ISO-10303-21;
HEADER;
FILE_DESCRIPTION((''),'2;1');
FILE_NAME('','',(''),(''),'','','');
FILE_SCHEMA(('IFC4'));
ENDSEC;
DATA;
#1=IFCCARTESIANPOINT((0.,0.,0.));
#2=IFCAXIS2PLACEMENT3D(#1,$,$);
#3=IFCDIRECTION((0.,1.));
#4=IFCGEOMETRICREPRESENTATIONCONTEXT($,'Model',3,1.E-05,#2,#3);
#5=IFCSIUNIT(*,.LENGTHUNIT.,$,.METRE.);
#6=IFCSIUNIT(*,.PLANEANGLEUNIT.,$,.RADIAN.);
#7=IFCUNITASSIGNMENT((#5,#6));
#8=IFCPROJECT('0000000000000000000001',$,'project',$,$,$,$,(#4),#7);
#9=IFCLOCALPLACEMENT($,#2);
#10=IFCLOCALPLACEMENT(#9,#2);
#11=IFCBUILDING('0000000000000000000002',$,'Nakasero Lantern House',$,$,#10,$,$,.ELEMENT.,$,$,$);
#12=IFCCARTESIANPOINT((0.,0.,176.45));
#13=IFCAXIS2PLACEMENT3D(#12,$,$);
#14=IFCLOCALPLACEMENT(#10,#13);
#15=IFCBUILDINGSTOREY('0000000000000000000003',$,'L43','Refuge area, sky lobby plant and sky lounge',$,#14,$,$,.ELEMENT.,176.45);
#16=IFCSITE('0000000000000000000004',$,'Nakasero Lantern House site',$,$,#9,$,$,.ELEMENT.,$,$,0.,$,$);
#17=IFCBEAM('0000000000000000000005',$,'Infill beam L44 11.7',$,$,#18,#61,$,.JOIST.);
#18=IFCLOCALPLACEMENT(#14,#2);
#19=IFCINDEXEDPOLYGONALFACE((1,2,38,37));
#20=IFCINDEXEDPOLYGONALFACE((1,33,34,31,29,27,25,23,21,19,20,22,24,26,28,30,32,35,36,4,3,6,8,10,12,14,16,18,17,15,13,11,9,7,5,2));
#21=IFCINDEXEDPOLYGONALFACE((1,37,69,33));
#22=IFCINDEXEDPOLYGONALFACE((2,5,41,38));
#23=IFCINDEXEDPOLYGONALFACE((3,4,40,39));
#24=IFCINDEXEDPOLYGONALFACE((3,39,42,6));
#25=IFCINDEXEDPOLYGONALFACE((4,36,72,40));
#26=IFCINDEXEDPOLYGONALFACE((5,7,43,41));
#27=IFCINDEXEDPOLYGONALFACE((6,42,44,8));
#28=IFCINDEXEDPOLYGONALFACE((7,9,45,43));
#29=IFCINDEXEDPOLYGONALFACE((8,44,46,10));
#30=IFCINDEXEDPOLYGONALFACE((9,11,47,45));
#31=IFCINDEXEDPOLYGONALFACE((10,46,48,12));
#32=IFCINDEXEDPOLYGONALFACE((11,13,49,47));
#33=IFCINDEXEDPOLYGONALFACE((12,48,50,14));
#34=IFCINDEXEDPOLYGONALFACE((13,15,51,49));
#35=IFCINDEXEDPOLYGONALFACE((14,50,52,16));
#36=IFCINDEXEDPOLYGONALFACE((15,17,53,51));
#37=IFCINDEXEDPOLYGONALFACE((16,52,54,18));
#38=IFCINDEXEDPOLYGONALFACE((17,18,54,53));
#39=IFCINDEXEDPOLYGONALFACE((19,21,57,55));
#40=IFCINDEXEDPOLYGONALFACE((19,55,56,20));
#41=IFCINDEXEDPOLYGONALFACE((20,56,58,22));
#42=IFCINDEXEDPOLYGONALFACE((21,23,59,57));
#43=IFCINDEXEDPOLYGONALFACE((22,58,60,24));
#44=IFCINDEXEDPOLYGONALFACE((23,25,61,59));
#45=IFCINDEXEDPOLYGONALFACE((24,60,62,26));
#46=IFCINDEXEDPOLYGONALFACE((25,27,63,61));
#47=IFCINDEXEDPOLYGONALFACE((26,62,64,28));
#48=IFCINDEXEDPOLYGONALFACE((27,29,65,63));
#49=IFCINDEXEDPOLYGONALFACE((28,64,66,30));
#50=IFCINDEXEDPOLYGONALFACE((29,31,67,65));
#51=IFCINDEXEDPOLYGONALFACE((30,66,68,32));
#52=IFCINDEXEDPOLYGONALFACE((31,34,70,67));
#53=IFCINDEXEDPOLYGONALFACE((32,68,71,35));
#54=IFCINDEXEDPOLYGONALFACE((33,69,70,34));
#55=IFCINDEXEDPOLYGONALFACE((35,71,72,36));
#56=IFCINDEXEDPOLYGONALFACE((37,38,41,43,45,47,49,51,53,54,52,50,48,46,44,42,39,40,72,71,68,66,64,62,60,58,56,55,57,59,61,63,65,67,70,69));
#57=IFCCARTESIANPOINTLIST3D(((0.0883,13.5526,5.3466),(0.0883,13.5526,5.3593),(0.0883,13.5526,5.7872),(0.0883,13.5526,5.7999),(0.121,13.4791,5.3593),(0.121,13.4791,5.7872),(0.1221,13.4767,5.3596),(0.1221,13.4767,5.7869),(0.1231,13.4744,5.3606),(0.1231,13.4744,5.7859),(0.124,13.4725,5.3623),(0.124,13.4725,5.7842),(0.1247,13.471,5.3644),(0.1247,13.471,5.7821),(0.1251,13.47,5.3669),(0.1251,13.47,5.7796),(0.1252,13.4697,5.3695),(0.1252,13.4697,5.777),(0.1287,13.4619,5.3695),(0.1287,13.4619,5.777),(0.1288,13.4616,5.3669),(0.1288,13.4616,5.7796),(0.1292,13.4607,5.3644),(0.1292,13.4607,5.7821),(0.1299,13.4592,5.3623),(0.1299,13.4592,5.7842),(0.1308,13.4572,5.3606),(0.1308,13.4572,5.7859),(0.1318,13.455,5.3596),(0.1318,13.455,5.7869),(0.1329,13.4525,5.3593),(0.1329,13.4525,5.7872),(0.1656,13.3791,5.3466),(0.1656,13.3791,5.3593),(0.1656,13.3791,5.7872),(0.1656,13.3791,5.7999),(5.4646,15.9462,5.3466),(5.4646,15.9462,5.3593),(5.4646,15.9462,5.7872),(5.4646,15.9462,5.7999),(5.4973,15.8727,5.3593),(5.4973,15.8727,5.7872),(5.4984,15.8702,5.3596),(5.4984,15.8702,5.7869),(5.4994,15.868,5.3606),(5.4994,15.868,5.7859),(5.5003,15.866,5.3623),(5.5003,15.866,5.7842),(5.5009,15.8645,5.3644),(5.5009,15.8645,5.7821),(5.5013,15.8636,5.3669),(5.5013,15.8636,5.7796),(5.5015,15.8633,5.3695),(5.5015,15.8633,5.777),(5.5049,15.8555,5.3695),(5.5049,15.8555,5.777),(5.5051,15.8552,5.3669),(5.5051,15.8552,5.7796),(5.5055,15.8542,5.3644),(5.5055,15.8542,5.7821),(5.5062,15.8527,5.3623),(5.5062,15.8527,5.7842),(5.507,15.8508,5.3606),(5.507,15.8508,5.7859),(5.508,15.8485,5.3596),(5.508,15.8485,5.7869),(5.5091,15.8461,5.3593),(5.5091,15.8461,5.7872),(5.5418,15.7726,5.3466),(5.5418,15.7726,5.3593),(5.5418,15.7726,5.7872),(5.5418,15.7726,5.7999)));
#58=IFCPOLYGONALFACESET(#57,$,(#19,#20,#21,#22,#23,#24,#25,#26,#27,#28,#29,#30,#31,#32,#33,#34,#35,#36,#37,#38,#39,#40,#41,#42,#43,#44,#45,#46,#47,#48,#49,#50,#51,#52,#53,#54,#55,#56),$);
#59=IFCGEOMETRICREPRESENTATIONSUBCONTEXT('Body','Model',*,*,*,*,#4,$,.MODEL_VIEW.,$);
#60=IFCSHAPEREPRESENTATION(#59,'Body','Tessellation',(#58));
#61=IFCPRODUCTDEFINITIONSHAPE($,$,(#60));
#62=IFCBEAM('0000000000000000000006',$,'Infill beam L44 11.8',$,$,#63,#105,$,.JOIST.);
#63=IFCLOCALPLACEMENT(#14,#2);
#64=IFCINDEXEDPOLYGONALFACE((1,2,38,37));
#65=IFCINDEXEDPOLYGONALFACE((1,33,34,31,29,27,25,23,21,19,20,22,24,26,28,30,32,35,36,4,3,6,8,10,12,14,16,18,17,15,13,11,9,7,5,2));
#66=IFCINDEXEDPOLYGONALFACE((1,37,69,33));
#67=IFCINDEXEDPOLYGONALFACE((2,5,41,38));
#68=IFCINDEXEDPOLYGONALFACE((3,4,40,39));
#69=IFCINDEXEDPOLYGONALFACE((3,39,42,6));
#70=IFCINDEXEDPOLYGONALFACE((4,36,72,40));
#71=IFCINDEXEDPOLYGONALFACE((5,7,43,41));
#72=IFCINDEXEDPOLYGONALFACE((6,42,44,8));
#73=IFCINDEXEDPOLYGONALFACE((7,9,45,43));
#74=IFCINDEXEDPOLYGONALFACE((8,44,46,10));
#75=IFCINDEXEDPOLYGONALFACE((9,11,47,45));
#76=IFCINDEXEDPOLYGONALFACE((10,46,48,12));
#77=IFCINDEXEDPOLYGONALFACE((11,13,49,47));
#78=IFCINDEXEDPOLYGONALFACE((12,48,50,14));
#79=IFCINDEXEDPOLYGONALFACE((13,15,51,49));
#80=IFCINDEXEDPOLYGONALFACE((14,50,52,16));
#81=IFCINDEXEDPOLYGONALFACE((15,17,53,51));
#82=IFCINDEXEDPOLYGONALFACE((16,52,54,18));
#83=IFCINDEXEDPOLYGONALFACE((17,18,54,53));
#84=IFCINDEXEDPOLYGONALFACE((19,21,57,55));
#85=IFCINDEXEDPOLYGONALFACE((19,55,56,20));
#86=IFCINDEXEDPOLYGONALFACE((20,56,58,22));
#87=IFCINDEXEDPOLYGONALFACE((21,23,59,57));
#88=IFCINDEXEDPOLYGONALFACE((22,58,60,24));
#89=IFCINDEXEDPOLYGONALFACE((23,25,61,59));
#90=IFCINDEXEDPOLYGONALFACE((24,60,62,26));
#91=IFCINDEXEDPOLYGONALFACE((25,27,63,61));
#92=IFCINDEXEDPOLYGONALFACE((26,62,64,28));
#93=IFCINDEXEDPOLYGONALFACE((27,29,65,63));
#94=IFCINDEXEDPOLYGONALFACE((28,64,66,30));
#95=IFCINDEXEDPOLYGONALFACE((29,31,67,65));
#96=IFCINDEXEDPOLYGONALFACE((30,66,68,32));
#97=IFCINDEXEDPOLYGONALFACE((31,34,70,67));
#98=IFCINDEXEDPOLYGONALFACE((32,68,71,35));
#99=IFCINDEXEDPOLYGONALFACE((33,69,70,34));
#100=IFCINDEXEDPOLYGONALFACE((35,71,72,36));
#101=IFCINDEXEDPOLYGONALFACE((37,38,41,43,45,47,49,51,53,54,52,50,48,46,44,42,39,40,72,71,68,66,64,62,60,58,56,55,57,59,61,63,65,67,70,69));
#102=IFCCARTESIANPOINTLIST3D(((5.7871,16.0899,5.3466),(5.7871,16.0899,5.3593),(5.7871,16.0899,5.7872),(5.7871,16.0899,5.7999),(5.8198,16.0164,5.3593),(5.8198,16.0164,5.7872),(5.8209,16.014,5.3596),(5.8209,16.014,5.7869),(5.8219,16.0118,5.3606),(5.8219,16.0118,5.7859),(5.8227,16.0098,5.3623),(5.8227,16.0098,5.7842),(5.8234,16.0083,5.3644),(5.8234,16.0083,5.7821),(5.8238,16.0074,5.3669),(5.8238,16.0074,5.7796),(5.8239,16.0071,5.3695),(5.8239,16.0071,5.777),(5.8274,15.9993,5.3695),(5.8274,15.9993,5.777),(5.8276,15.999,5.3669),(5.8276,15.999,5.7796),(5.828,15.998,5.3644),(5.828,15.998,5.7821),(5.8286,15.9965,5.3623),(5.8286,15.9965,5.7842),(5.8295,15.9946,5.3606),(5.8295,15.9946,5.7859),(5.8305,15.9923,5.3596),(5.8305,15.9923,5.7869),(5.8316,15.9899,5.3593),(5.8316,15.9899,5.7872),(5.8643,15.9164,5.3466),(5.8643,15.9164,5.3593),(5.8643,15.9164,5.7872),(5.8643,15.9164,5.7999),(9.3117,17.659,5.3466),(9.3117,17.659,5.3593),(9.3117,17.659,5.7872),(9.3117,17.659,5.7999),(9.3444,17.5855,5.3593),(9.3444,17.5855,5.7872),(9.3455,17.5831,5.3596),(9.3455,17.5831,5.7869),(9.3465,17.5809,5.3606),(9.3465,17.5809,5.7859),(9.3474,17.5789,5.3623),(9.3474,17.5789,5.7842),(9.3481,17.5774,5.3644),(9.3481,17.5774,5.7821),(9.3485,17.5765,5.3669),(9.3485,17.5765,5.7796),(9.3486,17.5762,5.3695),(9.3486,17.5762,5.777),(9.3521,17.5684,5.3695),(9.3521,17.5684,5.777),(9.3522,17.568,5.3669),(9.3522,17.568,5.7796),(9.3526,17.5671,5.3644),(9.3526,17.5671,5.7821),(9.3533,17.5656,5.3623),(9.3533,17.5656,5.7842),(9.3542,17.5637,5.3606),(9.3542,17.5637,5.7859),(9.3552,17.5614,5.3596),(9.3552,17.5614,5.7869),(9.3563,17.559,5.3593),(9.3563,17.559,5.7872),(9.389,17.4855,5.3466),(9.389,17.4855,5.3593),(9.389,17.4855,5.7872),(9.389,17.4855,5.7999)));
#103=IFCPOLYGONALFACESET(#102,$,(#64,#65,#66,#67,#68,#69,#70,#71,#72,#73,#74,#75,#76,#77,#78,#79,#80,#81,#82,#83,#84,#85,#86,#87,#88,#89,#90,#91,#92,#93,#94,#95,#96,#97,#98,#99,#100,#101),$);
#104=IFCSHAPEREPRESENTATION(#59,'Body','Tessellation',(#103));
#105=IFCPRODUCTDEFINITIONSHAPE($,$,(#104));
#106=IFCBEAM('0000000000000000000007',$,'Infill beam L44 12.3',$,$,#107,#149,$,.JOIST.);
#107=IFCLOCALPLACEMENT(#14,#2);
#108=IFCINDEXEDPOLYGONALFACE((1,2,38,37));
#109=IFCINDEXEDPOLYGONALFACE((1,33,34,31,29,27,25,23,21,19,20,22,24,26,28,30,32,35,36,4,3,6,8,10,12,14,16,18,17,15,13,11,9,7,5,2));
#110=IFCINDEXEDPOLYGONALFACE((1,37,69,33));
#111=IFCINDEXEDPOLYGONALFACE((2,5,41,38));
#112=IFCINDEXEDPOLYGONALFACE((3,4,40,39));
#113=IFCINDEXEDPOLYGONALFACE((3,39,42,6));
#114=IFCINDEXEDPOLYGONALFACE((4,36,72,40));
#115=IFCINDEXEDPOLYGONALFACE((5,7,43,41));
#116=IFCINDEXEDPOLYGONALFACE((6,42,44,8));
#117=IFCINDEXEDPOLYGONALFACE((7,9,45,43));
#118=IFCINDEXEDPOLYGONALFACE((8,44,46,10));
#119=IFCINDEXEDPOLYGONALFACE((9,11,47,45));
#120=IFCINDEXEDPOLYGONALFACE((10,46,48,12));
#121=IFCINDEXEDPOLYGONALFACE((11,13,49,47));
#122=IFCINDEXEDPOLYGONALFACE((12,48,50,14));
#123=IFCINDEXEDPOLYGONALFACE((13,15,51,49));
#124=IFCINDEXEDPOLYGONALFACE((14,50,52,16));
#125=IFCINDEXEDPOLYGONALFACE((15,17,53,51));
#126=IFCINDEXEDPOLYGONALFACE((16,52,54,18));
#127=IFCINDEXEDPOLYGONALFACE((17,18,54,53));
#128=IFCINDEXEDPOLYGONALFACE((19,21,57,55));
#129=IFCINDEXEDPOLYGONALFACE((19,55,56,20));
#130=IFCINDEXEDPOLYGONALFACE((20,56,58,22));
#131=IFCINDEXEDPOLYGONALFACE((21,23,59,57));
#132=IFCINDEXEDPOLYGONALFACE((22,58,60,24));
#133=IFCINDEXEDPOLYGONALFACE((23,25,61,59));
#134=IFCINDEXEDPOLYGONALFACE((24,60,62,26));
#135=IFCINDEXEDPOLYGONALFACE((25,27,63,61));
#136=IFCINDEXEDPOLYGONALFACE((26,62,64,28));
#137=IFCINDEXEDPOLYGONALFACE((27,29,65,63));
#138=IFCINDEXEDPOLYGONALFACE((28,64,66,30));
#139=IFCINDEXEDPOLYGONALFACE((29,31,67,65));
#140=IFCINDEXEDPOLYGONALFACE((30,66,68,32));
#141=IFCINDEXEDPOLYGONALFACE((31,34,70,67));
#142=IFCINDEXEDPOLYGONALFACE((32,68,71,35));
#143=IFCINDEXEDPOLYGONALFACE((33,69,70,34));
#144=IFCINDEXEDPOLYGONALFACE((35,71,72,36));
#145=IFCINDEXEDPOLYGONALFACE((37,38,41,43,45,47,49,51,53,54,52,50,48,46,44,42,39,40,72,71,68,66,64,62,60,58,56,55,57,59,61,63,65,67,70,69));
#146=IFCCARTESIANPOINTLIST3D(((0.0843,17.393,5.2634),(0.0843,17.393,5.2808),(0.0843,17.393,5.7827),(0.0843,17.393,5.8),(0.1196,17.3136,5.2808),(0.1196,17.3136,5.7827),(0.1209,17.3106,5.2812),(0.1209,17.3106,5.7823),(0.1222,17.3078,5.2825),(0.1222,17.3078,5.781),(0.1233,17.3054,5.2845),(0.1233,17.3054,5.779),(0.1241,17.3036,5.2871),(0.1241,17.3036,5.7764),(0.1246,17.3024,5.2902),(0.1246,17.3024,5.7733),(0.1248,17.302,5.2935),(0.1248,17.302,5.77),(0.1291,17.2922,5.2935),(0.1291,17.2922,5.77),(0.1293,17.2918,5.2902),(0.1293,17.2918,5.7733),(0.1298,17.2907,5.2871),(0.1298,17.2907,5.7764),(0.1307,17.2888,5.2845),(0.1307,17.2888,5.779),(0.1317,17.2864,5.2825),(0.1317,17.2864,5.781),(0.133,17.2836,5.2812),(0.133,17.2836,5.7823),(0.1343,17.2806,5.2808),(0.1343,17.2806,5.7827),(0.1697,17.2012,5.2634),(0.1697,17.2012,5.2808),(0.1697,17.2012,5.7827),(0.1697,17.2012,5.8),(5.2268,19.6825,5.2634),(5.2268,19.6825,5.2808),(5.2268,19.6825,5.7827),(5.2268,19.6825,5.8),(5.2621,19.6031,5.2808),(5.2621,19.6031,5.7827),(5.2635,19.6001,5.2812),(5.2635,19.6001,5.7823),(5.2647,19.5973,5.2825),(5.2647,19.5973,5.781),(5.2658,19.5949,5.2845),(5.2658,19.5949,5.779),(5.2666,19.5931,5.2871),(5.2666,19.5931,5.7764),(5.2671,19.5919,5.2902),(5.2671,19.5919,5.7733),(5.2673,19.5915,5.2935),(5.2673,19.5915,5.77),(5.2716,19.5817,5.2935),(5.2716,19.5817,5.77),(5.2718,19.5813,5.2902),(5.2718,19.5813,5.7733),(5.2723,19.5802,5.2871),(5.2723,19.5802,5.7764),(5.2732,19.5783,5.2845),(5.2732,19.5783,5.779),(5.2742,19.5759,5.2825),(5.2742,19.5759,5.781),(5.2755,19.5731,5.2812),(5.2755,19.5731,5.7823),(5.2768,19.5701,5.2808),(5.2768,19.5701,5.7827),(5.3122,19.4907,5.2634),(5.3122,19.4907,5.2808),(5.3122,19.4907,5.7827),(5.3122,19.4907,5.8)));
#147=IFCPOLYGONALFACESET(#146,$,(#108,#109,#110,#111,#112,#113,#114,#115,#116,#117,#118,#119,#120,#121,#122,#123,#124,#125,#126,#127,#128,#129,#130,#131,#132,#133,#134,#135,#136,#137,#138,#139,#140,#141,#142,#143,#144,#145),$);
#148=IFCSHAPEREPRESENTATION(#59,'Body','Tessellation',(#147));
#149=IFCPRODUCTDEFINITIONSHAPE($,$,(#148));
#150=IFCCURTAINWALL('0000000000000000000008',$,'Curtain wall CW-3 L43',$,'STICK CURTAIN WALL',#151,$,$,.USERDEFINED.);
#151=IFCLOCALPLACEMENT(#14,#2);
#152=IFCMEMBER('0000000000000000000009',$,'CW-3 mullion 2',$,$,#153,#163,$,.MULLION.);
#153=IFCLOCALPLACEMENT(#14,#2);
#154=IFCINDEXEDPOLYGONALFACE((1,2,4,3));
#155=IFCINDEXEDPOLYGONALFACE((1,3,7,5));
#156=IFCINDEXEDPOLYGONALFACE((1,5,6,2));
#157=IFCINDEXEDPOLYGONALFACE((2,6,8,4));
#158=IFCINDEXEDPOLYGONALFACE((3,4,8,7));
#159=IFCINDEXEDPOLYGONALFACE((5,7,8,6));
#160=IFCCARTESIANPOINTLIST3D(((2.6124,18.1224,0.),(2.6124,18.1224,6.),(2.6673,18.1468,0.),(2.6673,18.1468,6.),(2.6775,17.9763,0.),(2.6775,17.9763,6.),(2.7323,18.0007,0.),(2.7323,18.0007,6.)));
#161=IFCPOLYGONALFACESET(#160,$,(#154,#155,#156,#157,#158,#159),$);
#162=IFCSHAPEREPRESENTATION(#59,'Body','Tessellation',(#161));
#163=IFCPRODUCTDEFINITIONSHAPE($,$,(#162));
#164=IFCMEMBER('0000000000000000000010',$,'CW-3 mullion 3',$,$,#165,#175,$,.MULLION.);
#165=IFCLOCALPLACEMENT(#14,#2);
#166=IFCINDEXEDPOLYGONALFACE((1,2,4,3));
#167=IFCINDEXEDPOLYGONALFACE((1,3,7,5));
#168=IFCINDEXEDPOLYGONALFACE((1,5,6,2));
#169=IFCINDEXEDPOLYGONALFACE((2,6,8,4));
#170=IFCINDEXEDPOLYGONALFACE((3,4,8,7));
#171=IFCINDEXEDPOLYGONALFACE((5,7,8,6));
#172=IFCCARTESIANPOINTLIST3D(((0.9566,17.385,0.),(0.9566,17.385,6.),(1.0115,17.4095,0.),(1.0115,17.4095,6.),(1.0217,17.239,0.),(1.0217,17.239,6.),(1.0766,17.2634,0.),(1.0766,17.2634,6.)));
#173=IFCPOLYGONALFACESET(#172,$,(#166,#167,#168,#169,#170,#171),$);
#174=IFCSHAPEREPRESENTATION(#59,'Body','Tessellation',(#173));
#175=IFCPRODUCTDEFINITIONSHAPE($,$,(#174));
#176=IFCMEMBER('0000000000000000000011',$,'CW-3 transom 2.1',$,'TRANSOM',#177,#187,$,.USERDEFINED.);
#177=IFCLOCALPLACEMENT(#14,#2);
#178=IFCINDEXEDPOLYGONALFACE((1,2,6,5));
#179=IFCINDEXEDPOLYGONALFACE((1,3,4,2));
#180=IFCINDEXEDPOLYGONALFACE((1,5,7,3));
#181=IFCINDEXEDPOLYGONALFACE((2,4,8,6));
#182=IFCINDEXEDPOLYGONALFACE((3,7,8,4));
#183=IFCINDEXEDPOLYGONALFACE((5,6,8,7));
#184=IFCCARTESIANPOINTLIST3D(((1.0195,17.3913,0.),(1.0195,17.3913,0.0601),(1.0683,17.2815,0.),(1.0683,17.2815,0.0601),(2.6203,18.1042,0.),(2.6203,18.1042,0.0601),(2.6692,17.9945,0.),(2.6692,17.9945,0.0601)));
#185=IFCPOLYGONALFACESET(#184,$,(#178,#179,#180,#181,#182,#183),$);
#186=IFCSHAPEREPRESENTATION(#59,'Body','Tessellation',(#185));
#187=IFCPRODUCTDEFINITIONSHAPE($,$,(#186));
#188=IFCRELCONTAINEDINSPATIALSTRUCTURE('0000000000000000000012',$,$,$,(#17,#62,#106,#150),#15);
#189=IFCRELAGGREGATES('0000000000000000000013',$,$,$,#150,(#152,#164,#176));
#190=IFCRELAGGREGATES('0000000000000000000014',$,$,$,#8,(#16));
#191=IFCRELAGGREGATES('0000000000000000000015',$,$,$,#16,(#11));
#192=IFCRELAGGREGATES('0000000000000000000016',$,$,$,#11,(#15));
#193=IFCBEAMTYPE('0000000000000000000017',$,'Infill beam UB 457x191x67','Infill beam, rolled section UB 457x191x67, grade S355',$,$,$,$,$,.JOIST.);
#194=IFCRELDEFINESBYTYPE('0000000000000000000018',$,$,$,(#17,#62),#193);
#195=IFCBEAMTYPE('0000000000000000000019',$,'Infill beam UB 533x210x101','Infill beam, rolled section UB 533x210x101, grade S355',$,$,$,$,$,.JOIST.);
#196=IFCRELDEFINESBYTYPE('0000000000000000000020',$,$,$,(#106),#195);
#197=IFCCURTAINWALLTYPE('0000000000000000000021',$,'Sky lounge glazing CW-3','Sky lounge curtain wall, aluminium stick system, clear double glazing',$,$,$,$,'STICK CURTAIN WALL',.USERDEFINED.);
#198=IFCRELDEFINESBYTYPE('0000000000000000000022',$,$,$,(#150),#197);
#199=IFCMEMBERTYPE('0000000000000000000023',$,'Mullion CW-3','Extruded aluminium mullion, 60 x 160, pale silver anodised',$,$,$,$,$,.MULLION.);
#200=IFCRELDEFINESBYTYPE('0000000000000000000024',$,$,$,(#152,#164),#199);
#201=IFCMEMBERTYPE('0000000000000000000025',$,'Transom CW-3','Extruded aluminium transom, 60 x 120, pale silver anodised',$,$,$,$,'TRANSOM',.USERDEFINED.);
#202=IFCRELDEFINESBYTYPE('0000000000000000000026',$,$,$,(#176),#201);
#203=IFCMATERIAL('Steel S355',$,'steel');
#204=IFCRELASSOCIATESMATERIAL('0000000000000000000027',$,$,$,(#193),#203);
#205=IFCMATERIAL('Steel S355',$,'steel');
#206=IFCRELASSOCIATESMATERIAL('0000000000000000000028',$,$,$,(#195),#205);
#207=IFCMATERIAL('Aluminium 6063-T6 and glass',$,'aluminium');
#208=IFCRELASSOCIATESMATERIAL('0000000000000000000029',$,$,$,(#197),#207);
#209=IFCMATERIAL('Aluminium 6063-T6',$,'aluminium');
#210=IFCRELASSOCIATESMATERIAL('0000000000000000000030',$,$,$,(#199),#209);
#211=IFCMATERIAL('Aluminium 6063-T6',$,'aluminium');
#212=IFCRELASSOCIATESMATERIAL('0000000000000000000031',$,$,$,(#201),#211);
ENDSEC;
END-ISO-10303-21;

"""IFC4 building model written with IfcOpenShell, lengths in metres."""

from ifc_helpers import new_model, si_unit, direction, frame, origin, origin_2d, place, context, subcontext, project, spatial, rectangle, i_section, extrude, material, material_profile, profile_set, type_object, element, aggregate, save


model = new_model("IFC4")

# Units and contexts
model_context = context("Model", 3, precision=1e-05, world=origin(), true_north=direction((0.0, 1.0)))
body_context = subcontext(model_context, "Body", "Model", "MODEL_VIEW")
ifc_project = project(units=[si_unit("LENGTHUNIT", "METRE"), si_unit("PLANEANGLEUNIT", "RADIAN")], contexts=[model_context])

# Site, building, storey
site_placement = place(None, origin())
site = spatial("IfcSite", under=ifc_project, at=site_placement, Name="Nakasero Lantern House site", CompositionType="ELEMENT", RefElevation=0.0)
building_placement = place(site_placement, origin())
building = spatial("IfcBuilding", under=site, at=building_placement, Name="Nakasero Lantern House", CompositionType="ELEMENT")
storey_placement = place(building_placement, frame((0.0, 0.0, 176.45)))
storey = spatial("IfcBuildingStorey", under=building, at=storey_placement, Name="L43", Description="Refuge area, sky lobby plant and sky lounge", CompositionType="ELEMENT", Elevation=176.45)

# Beams
ifc_material_1 = material(Name="Steel S355", Category="steel")
ifc_material_profile_1 = material_profile(ifc_material_1, i_section(OverallWidth=0.1899, OverallDepth=0.4534, WebThickness=0.0085, FlangeThickness=0.0127, FilletRadius=0.0103, at=origin_2d()), Name="UB 457x191x67")
ifc_profile_set_1 = profile_set([ifc_material_profile_1], Name="Steel S355")
beam_type_1 = type_object("IfcBeamType", Name="Infill beam UB 457x191x67", Description="Infill beam, rolled section UB 457x191x67, grade S355", PredefinedType="JOIST", material=ifc_profile_set_1)
beam_1_placement = place(storey_placement, frame((0.127, 13.4658, 5.5732), z_axis=(0.913551, 0.406723, 0.0), x_axis=(-0.406723, 0.913551, 0.0)))
element("IfcBeam", 1, at=beam_1_placement, inside=storey, type_object=beam_type_1, Name="Infill beam L44 11.7", PredefinedType="JOIST", context=body_context, shape_type="SweptSolid", body=[
    extrude(i_section(OverallWidth=0.1899, OverallDepth=0.4534, WebThickness=0.0085, FlangeThickness=0.0127, FilletRadius=0.0103, at=origin_2d()), origin(), (0.0, 0.0, 1.0), 5.885),
])
beam_2_placement = place(storey_placement, frame((5.8257, 16.0032, 5.5732), z_axis=(0.913563, 0.406696, 0.0), x_axis=(-0.406696, 0.913563, 0.0)))
element("IfcBeam", 2, at=beam_2_placement, inside=storey, type_object=beam_type_1, Name="Infill beam L44 11.8", PredefinedType="JOIST", context=body_context, shape_type="SweptSolid", body=[
    extrude(i_section(OverallWidth=0.1899, OverallDepth=0.4534, WebThickness=0.0085, FlangeThickness=0.0127, FilletRadius=0.0103, at=origin_2d()), origin(), (0.0, 0.0, 1.0), 3.8582),
])
ifc_material_2 = material(Name="Steel S355", Category="steel")
ifc_material_profile_2 = material_profile(ifc_material_2, i_section(OverallWidth=0.21, OverallDepth=0.5366, WebThickness=0.0107, FlangeThickness=0.0173, FilletRadius=0.0127, at=origin_2d()), Name="UB 533x210x101")
ifc_profile_set_2 = profile_set([ifc_material_profile_2], Name="Steel S355")
beam_type_2 = type_object("IfcBeamType", Name="Infill beam UB 533x210x101", Description="Infill beam, rolled section UB 533x210x101, grade S355", PredefinedType="JOIST", material=ifc_profile_set_2)
beam_3_placement = place(storey_placement, frame((0.127, 17.2971, 5.5317), z_axis=(0.91355, 0.406726, 0.0), x_axis=(-0.406726, 0.91355, 0.0)))
element("IfcBeam", 3, at=beam_3_placement, inside=storey, type_object=beam_type_2, Name="Infill beam L44 12.3", PredefinedType="JOIST", context=body_context, shape_type="SweptSolid", body=[
    extrude(i_section(OverallWidth=0.21, OverallDepth=0.5366, WebThickness=0.0107, FlangeThickness=0.0173, FilletRadius=0.0127, at=origin_2d()), origin(), (0.0, 0.0, 1.0), 5.6292),
])

# Curtain wall, members
ifc_material_3 = material(Name="Aluminium 6063-T6 and glass", Category="aluminium")
curtain_wall_type = type_object("IfcCurtainWallType", Name="Sky lounge glazing CW-3", Description="Sky lounge curtain wall, aluminium stick system, clear double glazing", ElementType="STICK CURTAIN WALL", PredefinedType="USERDEFINED", material=ifc_material_3)
curtain_wall_placement = place(storey_placement, origin())
curtain_wall = element("IfcCurtainWall", 4, at=curtain_wall_placement, inside=storey, type_object=curtain_wall_type, Name="Curtain wall CW-3 L43", ObjectType="STICK CURTAIN WALL", PredefinedType="USERDEFINED")
ifc_material_4 = material(Name="Aluminium 6063-T6", Category="aluminium")
ifc_material_profile_3 = material_profile(ifc_material_4, rectangle(XDim=0.0601, YDim=0.1599, at=origin_2d()), Name="CW-3 mullion 60x160")
ifc_profile_set_3 = profile_set([ifc_material_profile_3], Name="Aluminium 6063-T6")
member_type_1 = type_object("IfcMemberType", Name="Mullion CW-3", Description="Extruded aluminium mullion, 60 x 160, pale silver anodised", PredefinedType="MULLION", material=ifc_profile_set_3)
member_1_placement = place(storey_placement, frame((2.6724, 18.0615, 0.0), z_axis=(0.0, 0.0, 1.0), x_axis=(-0.913545, -0.406737, 0.0)))
member_1 = element("IfcMember", 5, at=member_1_placement, type_object=member_type_1, Name="CW-3 mullion 2", PredefinedType="MULLION", context=body_context, shape_type="SweptSolid", body=[
    extrude(rectangle(XDim=0.0601, YDim=0.1599, at=origin_2d()), origin(), (0.0, 0.0, 1.0), 6.0),
])
member_2_placement = place(storey_placement, frame((1.0166, 17.3242, 0.0), z_axis=(0.0, 0.0, 1.0), x_axis=(-0.913545, -0.406737, 0.0)))
member_2 = element("IfcMember", 6, at=member_2_placement, type_object=member_type_1, Name="CW-3 mullion 3", PredefinedType="MULLION", context=body_context, shape_type="SweptSolid", body=[
    extrude(rectangle(XDim=0.0601, YDim=0.1599, at=origin_2d()), origin(), (0.0, 0.0, 1.0), 6.0),
])
ifc_material_5 = material(Name="Aluminium 6063-T6", Category="aluminium")
ifc_material_profile_4 = material_profile(ifc_material_5, rectangle(XDim=0.0601, YDim=0.1201, at=origin_2d()), Name="CW-3 transom 60x120")
ifc_profile_set_4 = profile_set([ifc_material_profile_4], Name="Aluminium 6063-T6")
member_type_2 = type_object("IfcMemberType", Name="Transom CW-3", Description="Extruded aluminium transom, 60 x 120, pale silver anodised", ElementType="TRANSOM", PredefinedType="USERDEFINED", material=ifc_profile_set_4)
member_3_placement = place(storey_placement, frame((2.6448, 18.0493, 0.03), z_axis=(-0.913513, -0.406811, 0.0), x_axis=(0.0, 0.0, 1.0)))
member_3 = element("IfcMember", 7, at=member_3_placement, type_object=member_type_2, Name="CW-3 transom 2.1", ObjectType="TRANSOM", PredefinedType="USERDEFINED", context=body_context, shape_type="SweptSolid", body=[
    extrude(rectangle(XDim=0.0601, YDim=0.1201, at=origin_2d()), origin(), (0.0, 0.0, 1.0), 1.7524),
])
aggregate(curtain_wall, [member_1, member_2, member_3])

save(model, "model.ifc")
